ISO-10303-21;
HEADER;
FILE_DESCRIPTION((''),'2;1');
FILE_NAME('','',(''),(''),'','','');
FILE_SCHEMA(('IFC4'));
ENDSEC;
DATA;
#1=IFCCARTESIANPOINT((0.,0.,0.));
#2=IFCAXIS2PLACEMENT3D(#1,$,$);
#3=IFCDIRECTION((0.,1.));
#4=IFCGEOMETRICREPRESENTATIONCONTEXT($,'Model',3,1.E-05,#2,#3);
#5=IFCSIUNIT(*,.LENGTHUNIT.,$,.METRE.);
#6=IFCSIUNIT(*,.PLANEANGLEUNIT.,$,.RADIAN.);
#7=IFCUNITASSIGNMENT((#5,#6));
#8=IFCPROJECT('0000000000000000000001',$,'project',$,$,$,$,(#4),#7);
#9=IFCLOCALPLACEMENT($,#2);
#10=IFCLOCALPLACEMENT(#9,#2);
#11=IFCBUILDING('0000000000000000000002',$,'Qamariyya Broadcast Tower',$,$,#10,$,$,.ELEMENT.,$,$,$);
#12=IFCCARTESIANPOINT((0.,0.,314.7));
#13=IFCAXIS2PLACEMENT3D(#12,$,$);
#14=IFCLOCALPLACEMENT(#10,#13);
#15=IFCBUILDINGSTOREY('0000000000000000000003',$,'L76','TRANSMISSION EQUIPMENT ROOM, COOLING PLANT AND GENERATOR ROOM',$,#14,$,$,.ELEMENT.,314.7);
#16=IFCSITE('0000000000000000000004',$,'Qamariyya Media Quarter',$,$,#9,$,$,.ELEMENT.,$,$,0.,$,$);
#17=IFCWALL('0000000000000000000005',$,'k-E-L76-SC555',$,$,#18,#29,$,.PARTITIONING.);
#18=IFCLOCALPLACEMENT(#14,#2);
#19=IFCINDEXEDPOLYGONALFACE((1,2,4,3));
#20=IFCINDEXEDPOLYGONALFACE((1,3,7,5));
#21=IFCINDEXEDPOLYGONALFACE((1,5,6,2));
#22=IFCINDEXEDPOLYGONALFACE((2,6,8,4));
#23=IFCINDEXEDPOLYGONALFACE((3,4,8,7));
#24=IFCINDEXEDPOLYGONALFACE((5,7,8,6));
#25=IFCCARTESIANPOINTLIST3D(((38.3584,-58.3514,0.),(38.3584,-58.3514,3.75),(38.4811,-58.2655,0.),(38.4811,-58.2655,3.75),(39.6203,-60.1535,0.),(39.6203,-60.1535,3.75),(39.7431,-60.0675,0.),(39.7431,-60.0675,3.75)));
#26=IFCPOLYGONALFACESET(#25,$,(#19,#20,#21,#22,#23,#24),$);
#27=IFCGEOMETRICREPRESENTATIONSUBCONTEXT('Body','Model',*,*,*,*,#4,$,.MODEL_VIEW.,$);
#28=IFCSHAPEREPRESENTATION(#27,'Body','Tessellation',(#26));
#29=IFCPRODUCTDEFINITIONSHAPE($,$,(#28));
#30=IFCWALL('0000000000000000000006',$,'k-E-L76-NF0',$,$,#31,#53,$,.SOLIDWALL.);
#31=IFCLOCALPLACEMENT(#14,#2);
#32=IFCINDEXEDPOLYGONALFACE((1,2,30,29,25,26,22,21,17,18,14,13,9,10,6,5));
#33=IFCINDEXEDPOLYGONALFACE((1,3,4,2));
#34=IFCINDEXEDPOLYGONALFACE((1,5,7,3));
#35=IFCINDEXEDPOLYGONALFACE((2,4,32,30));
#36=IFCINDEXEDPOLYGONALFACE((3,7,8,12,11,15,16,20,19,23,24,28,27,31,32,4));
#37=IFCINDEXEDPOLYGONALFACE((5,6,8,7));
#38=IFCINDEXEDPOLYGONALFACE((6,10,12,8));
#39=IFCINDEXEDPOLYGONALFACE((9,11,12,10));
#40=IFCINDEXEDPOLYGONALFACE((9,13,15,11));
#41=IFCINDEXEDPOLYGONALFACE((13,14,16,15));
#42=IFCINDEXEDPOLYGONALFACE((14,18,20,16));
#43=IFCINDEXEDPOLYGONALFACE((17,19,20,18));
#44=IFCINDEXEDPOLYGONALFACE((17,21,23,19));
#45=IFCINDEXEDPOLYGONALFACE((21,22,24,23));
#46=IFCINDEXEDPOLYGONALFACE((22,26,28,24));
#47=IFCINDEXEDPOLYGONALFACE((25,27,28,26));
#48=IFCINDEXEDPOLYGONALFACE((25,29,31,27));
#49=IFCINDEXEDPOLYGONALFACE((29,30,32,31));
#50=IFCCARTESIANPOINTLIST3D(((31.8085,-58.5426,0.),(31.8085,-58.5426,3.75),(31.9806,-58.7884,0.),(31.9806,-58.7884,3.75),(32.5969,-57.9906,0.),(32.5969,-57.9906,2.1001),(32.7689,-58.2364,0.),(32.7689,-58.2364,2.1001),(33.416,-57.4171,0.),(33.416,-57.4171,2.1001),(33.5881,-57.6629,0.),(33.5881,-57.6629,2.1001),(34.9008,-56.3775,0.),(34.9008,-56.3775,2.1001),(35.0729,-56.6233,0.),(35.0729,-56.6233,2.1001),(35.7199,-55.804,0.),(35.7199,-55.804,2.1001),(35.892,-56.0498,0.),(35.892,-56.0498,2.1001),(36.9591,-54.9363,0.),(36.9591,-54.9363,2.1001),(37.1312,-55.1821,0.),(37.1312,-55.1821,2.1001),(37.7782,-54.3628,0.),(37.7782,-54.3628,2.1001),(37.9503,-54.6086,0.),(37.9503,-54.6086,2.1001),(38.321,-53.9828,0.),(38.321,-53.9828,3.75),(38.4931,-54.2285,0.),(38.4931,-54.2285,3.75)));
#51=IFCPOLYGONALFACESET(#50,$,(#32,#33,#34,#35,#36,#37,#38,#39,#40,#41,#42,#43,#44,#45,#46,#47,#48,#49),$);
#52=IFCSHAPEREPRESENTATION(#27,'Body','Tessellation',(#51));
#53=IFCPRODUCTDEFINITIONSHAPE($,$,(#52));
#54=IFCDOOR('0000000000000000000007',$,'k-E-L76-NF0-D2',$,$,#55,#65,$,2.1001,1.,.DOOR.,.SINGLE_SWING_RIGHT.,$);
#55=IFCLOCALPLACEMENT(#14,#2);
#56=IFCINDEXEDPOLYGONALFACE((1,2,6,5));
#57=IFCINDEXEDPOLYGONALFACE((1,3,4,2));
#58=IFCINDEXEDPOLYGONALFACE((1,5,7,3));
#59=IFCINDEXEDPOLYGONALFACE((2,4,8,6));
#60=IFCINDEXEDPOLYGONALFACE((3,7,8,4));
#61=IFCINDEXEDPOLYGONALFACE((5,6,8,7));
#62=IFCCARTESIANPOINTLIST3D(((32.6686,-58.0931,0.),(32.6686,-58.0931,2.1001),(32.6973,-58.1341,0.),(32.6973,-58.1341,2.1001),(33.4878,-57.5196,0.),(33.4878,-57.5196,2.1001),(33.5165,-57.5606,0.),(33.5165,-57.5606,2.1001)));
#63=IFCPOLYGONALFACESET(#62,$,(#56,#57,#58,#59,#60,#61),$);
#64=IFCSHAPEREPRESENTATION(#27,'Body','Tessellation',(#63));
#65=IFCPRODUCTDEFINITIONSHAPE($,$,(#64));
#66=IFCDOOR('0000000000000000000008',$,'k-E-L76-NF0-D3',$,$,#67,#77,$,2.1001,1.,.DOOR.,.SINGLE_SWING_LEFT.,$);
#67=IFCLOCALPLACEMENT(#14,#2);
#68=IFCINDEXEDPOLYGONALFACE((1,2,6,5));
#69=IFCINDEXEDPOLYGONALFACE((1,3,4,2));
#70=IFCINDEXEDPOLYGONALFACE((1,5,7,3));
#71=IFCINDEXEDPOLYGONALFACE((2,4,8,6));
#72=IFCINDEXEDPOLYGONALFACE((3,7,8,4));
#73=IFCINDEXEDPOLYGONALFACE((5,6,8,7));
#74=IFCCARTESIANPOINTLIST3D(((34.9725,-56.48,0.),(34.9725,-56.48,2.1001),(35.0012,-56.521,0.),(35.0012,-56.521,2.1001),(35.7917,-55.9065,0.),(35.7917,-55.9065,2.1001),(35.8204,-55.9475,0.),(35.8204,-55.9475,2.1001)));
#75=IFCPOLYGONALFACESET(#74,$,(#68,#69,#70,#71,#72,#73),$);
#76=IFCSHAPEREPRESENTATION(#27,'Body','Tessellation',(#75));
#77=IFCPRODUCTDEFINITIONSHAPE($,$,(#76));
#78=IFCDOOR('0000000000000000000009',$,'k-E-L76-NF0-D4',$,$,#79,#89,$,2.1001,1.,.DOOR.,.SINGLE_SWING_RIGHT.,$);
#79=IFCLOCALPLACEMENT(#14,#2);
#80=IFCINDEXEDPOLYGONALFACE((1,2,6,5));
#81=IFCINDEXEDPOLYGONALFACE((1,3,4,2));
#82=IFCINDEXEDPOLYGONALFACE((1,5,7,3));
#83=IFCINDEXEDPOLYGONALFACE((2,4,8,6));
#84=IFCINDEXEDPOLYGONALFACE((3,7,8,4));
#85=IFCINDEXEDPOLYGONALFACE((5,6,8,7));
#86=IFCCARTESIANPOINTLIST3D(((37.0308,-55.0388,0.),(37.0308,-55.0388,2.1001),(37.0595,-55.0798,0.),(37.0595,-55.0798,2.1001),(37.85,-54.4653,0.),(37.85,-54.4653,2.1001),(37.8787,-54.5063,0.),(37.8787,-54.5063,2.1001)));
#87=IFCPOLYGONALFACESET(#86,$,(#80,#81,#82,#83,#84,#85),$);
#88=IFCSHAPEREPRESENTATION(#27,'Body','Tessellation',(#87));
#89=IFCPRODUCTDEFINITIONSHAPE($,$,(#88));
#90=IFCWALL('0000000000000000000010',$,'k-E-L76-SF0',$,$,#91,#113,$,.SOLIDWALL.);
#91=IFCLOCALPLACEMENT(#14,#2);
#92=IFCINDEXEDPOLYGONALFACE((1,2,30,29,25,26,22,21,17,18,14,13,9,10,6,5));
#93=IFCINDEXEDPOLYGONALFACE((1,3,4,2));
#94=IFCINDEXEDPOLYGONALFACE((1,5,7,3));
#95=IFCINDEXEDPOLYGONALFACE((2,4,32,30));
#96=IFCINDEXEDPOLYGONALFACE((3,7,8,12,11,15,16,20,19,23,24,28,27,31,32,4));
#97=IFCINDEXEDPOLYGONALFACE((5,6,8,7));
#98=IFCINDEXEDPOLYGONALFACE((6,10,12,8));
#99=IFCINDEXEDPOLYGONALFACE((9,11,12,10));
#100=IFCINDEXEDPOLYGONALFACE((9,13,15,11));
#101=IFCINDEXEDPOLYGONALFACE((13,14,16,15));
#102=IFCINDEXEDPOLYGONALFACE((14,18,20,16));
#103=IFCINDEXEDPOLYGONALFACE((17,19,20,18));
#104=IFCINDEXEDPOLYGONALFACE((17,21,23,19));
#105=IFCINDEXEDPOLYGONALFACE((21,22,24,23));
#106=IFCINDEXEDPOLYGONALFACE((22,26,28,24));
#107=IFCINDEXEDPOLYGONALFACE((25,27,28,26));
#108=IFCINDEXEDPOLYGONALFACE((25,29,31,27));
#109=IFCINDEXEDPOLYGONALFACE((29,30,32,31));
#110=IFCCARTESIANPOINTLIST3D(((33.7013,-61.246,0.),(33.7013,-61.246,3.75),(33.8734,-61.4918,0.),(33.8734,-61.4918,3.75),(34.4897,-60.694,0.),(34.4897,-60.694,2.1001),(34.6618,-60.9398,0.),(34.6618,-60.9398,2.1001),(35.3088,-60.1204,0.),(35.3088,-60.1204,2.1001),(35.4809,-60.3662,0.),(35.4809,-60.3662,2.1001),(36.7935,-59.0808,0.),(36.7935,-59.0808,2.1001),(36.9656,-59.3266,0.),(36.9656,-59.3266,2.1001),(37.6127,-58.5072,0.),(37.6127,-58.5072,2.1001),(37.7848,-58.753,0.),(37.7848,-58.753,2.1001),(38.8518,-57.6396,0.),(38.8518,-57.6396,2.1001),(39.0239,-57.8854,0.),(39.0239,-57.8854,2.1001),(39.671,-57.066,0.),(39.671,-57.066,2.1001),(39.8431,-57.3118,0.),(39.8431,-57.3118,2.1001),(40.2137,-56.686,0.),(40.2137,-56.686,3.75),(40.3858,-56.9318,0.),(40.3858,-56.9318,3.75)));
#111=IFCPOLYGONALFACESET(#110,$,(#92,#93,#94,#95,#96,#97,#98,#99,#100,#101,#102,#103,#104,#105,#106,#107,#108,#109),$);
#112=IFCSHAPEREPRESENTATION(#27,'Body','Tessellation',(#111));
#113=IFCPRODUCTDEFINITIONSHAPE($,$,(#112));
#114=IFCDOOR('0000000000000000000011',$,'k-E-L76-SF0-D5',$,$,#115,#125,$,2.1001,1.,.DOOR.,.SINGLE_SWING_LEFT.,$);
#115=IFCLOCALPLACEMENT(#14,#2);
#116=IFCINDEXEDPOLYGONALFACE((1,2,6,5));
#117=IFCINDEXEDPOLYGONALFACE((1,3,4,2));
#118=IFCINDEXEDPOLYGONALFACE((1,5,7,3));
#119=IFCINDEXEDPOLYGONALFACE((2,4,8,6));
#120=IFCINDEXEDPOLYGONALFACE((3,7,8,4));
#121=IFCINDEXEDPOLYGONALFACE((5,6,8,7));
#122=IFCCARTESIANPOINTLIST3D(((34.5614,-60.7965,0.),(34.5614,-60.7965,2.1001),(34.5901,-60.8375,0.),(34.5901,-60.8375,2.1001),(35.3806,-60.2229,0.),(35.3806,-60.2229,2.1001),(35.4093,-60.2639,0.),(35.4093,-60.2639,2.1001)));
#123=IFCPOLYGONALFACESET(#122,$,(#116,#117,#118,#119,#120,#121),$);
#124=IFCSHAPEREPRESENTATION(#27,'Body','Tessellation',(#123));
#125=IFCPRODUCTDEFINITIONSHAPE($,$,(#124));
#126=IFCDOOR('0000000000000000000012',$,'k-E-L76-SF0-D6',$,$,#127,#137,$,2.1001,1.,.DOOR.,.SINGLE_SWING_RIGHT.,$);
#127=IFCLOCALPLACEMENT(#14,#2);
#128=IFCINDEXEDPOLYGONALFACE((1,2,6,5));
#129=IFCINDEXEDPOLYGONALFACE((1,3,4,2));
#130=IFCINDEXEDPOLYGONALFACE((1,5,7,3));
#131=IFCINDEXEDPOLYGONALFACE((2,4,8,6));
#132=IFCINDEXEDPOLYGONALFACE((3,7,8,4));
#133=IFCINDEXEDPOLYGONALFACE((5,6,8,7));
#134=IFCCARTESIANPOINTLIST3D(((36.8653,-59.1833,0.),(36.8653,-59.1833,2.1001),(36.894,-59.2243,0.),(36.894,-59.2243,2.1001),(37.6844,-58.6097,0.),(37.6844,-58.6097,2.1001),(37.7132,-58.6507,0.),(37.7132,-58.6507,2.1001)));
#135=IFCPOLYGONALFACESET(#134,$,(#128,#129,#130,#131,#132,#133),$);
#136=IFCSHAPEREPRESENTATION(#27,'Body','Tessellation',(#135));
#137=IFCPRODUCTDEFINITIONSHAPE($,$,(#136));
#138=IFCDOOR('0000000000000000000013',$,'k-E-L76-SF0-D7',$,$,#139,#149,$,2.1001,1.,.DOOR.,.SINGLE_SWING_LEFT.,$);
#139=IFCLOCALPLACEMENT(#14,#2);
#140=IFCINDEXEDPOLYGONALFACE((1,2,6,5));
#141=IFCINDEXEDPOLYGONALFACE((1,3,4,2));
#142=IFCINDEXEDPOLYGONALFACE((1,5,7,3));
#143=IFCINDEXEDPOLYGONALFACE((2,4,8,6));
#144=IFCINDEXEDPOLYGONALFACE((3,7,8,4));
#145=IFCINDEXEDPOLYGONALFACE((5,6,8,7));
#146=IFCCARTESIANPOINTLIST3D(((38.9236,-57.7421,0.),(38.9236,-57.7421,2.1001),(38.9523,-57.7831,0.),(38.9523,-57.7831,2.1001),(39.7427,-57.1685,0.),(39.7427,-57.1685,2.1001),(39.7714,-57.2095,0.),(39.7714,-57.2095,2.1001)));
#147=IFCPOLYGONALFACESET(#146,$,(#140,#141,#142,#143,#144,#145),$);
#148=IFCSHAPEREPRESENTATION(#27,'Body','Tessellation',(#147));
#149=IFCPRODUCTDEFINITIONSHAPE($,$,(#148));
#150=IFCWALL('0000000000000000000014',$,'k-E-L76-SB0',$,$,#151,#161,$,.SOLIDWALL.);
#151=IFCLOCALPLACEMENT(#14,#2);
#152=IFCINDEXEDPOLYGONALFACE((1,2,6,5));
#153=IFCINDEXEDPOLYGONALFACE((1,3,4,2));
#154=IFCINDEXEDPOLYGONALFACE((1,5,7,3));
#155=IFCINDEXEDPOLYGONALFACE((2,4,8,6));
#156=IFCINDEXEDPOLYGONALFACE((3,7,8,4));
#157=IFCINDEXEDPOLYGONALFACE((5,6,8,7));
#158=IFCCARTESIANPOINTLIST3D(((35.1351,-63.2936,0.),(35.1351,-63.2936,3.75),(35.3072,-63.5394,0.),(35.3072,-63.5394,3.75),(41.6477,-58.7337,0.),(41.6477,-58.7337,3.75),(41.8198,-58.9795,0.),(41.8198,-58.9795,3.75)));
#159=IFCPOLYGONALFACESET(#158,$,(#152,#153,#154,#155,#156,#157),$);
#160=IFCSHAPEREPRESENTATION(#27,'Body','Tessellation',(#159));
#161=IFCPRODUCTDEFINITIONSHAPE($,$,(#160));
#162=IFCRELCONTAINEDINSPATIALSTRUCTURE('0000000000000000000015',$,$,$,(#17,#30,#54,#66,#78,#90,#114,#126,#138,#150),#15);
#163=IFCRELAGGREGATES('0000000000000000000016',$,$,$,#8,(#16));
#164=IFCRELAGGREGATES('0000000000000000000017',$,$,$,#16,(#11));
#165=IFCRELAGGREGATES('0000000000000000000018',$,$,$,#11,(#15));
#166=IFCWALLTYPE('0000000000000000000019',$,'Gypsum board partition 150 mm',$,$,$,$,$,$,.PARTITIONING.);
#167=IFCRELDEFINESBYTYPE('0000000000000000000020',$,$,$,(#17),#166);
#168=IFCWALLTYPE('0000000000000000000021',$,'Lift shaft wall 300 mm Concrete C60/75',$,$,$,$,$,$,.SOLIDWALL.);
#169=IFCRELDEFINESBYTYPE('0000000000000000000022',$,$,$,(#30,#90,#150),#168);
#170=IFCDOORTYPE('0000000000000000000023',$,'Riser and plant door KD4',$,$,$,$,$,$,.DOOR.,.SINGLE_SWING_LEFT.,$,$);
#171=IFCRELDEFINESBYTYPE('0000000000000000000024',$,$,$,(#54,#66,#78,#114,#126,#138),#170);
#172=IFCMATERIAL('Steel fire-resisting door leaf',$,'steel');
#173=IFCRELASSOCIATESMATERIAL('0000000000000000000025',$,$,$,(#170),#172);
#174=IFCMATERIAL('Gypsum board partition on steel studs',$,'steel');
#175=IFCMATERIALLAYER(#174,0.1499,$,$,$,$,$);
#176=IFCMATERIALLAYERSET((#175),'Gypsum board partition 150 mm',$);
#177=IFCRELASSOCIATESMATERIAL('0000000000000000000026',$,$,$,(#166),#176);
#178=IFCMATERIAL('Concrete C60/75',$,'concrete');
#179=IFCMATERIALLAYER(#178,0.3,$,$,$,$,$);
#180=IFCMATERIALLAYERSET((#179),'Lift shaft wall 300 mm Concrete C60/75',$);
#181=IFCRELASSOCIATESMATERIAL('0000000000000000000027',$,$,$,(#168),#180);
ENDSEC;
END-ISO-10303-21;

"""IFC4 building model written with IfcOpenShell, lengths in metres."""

from ifc_helpers import new_model, si_unit, direction, frame, frame_2d, origin, place, context, subcontext, project, spatial, rectangle, extrude, material, layer, layer_set, type_object, element, fill, save


model = new_model("IFC4")

# Units and contexts
model_context = context("Model", 3, precision=1e-05, world=origin(), true_north=direction((0.0, 1.0)))
body_context = subcontext(model_context, "Body", "Model", "MODEL_VIEW")
ifc_project = project(units=[si_unit("LENGTHUNIT", "METRE"), si_unit("PLANEANGLEUNIT", "RADIAN")], contexts=[model_context])

# Site, building, storey
site_placement = place(None, origin())
site = spatial("IfcSite", under=ifc_project, at=site_placement, Name="Qamariyya Media Quarter", CompositionType="ELEMENT", RefElevation=0.0)
building_placement = place(site_placement, origin())
building = spatial("IfcBuilding", under=site, at=building_placement, Name="Qamariyya Broadcast Tower", CompositionType="ELEMENT")
storey_placement = place(building_placement, frame((0.0, 0.0, 314.7)))
storey = spatial("IfcBuildingStorey", under=building, at=storey_placement, Name="L76", Description="TRANSMISSION EQUIPMENT ROOM, COOLING PLANT AND GENERATOR ROOM", CompositionType="ELEMENT", Elevation=314.7)

# Shared definitions
ifc_material_1 = material(Name="Concrete C60/75", Category="concrete")
ifc_material_2 = material(Name="Steel fire-resisting door leaf", Category="steel")

# Shared definitions
door_type_1 = type_object("IfcDoorType", Name="Riser and plant door KD4", OperationType="SINGLE_SWING_LEFT", PredefinedType="DOOR", material=ifc_material_2)

# Wall
ifc_material_3 = material(Name="Gypsum board partition on steel studs", Category="steel")
ifc_layer_1 = layer(ifc_material_3, 0.1499)
ifc_layer_set_1 = layer_set([ifc_layer_1], Name="Gypsum board partition 150 mm")
wall_type_1 = type_object("IfcWallType", Name="Gypsum board partition 150 mm", PredefinedType="PARTITIONING", material=ifc_layer_set_1)
for number, where, z_axis, x_axis, name in (
    (1, (38.4197, -58.3083, 0.0), (0.0, 0.0, 1.0), (0.573634, -0.819112, 0.0), "k-E-L76-SC555"),
):
    element("IfcWall", number, at=place(storey_placement, frame(where, z_axis=z_axis, x_axis=x_axis)), inside=storey, type_object=wall_type_1, Name=name, PredefinedType="PARTITIONING", context=body_context, shape_type="SweptSolid", body=[
        extrude(rectangle(XDim=2.2, YDim=0.1499, at=frame_2d((1.1001, 0.0))), origin(), (0.0, 0.0, 1.0), 3.75),
    ])

# Walls, openings, doors
ifc_layer_2 = layer(ifc_material_1, 0.3)
ifc_layer_set_2 = layer_set([ifc_layer_2], Name="Lift shaft wall 300 mm Concrete C60/75")
wall_type_2 = type_object("IfcWallType", Name="Lift shaft wall 300 mm Concrete C60/75", PredefinedType="SOLIDWALL", material=ifc_layer_set_2)
wall_1_placement = place(storey_placement, frame((31.8945, -58.6655, 0.0), z_axis=(0.0, 0.0, 1.0), x_axis=(0.819167, 0.573555, 0.0)))
wall_1 = element("IfcWall", 2, at=wall_1_placement, inside=storey, type_object=wall_type_2, Name="k-E-L76-NF0", PredefinedType="SOLIDWALL", context=body_context, shape_type="SweptSolid", body=[
    extrude(rectangle(XDim=7.9502, YDim=0.3, at=frame_2d((3.9751, 0.0))), origin(), (0.0, 0.0, 1.0), 3.75),
])
opening_1_placement = place(wall_1_placement, frame((0.9624, 0.0, 0.0)))
opening_1 = element("IfcOpeningElement", 3, at=opening_1_placement, cuts=wall_1, PredefinedType="OPENING", context=body_context, shape_type="SweptSolid", body=[
    extrude(rectangle(XDim=1.0, YDim=2.1001, at=frame_2d((0.5, 1.05))), frame((0.0, 0.1599, 0.0), z_axis=(0.0, -1.0, 0.0), x_axis=(1.0, 0.0, 0.0)), (0.0, 0.0, 1.0), 0.3201),
])
opening_2_placement = place(wall_1_placement, frame((3.7749, 0.0, 0.0)))
opening_2 = element("IfcOpeningElement", 4, at=opening_2_placement, cuts=wall_1, PredefinedType="OPENING", context=body_context, shape_type="SweptSolid", body=[
    extrude(rectangle(XDim=1.0, YDim=2.1001, at=frame_2d((0.5, 1.05))), frame((0.0, 0.1599, 0.0), z_axis=(0.0, -1.0, 0.0), x_axis=(1.0, 0.0, 0.0)), (0.0, 0.0, 1.0), 0.3201),
])
opening_3_placement = place(wall_1_placement, frame((6.2876, 0.0, 0.0)))
opening_3 = element("IfcOpeningElement", 5, at=opening_3_placement, cuts=wall_1, PredefinedType="OPENING", context=body_context, shape_type="SweptSolid", body=[
    extrude(rectangle(XDim=1.0, YDim=2.1001, at=frame_2d((0.5, 1.05))), frame((0.0, 0.1599, 0.0), z_axis=(0.0, -1.0, 0.0), x_axis=(1.0, 0.0, 0.0)), (0.0, 0.0, 1.0), 0.3201),
])
door_1_placement = place(opening_1_placement, origin())
door_1 = element("IfcDoor", 6, at=door_1_placement, inside=storey, type_object=door_type_1, Name="k-E-L76-NF0-D2", OperationType="SINGLE_SWING_RIGHT", OverallHeight=2.1001, OverallWidth=1.0, PredefinedType="DOOR", context=body_context, shape_type="SweptSolid", body=[
    extrude(rectangle(XDim=1.0, YDim=2.1001, at=frame_2d((0.5, 1.05))), frame((0.0, 0.0249, 0.0), z_axis=(0.0, -1.0, 0.0), x_axis=(1.0, 0.0, 0.0)), (0.0, 0.0, 1.0), 0.05),
])
fill(opening_1, door_1)
door_2_placement = place(opening_2_placement, origin())
door_2 = element("IfcDoor", 7, at=door_2_placement, inside=storey, type_object=door_type_1, Name="k-E-L76-NF0-D3", OperationType="SINGLE_SWING_LEFT", OverallHeight=2.1001, OverallWidth=1.0, PredefinedType="DOOR", context=body_context, shape_type="SweptSolid", body=[
    extrude(rectangle(XDim=1.0, YDim=2.1001, at=frame_2d((0.5, 1.05))), frame((0.0, 0.0249, 0.0), z_axis=(0.0, -1.0, 0.0), x_axis=(1.0, 0.0, 0.0)), (0.0, 0.0, 1.0), 0.05),
])
fill(opening_2, door_2)
door_3_placement = place(opening_3_placement, origin())
door_3 = element("IfcDoor", 8, at=door_3_placement, inside=storey, type_object=door_type_1, Name="k-E-L76-NF0-D4", OperationType="SINGLE_SWING_RIGHT", OverallHeight=2.1001, OverallWidth=1.0, PredefinedType="DOOR", context=body_context, shape_type="SweptSolid", body=[
    extrude(rectangle(XDim=1.0, YDim=2.1001, at=frame_2d((0.5, 1.05))), frame((0.0, 0.0249, 0.0), z_axis=(0.0, -1.0, 0.0), x_axis=(1.0, 0.0, 0.0)), (0.0, 0.0, 1.0), 0.05),
])
fill(opening_3, door_3)
wall_2_placement = place(storey_placement, frame((33.7874, -61.3689, 0.0), z_axis=(0.0, 0.0, 1.0), x_axis=(0.819153, 0.573576, 0.0)))
wall_2 = element("IfcWall", 9, at=wall_2_placement, inside=storey, type_object=wall_type_2, Name="k-E-L76-SF0", PredefinedType="SOLIDWALL", context=body_context, shape_type="SweptSolid", body=[
    extrude(rectangle(XDim=7.9502, YDim=0.3, at=frame_2d((3.9751, 0.0))), origin(), (0.0, 0.0, 1.0), 3.75),
])
opening_4_placement = place(wall_2_placement, frame((0.9624, 0.0, 0.0)))
opening_4 = element("IfcOpeningElement", 10, at=opening_4_placement, cuts=wall_2, PredefinedType="OPENING", context=body_context, shape_type="SweptSolid", body=[
    extrude(rectangle(XDim=1.0, YDim=2.1001, at=frame_2d((0.5, 1.05))), frame((0.0, 0.1599, 0.0), z_axis=(0.0, -1.0, 0.0), x_axis=(1.0, 0.0, 0.0)), (0.0, 0.0, 1.0), 0.3201),
])
opening_5_placement = place(wall_2_placement, frame((3.7749, 0.0, 0.0)))
opening_5 = element("IfcOpeningElement", 11, at=opening_5_placement, cuts=wall_2, PredefinedType="OPENING", context=body_context, shape_type="SweptSolid", body=[
    extrude(rectangle(XDim=1.0, YDim=2.1001, at=frame_2d((0.5, 1.05))), frame((0.0, 0.1599, 0.0), z_axis=(0.0, -1.0, 0.0), x_axis=(1.0, 0.0, 0.0)), (0.0, 0.0, 1.0), 0.3201),
])
opening_6_placement = place(wall_2_placement, frame((6.2876, 0.0, 0.0)))
opening_6 = element("IfcOpeningElement", 12, at=opening_6_placement, cuts=wall_2, PredefinedType="OPENING", context=body_context, shape_type="SweptSolid", body=[
    extrude(rectangle(XDim=1.0, YDim=2.1001, at=frame_2d((0.5, 1.05))), frame((0.0, 0.1599, 0.0), z_axis=(0.0, -1.0, 0.0), x_axis=(1.0, 0.0, 0.0)), (0.0, 0.0, 1.0), 0.3201),
])
door_4_placement = place(opening_4_placement, origin())
door_4 = element("IfcDoor", 13, at=door_4_placement, inside=storey, type_object=door_type_1, Name="k-E-L76-SF0-D5", OperationType="SINGLE_SWING_LEFT", OverallHeight=2.1001, OverallWidth=1.0, PredefinedType="DOOR", context=body_context, shape_type="SweptSolid", body=[
    extrude(rectangle(XDim=1.0, YDim=2.1001, at=frame_2d((0.5, 1.05))), frame((0.0, 0.0249, 0.0), z_axis=(0.0, -1.0, 0.0), x_axis=(1.0, 0.0, 0.0)), (0.0, 0.0, 1.0), 0.05),
])
fill(opening_4, door_4)
door_5_placement = place(opening_5_placement, origin())
door_5 = element("IfcDoor", 14, at=door_5_placement, inside=storey, type_object=door_type_1, Name="k-E-L76-SF0-D6", OperationType="SINGLE_SWING_RIGHT", OverallHeight=2.1001, OverallWidth=1.0, PredefinedType="DOOR", context=body_context, shape_type="SweptSolid", body=[
    extrude(rectangle(XDim=1.0, YDim=2.1001, at=frame_2d((0.5, 1.05))), frame((0.0, 0.0249, 0.0), z_axis=(0.0, -1.0, 0.0), x_axis=(1.0, 0.0, 0.0)), (0.0, 0.0, 1.0), 0.05),
])
fill(opening_5, door_5)
door_6_placement = place(opening_6_placement, origin())
door_6 = element("IfcDoor", 15, at=door_6_placement, inside=storey, type_object=door_type_1, Name="k-E-L76-SF0-D7", OperationType="SINGLE_SWING_LEFT", OverallHeight=2.1001, OverallWidth=1.0, PredefinedType="DOOR", context=body_context, shape_type="SweptSolid", body=[
    extrude(rectangle(XDim=1.0, YDim=2.1001, at=frame_2d((0.5, 1.05))), frame((0.0, 0.0249, 0.0), z_axis=(0.0, -1.0, 0.0), x_axis=(1.0, 0.0, 0.0)), (0.0, 0.0, 1.0), 0.05),
])
fill(opening_6, door_6)

# Wall
wall_3_placement = place(storey_placement, frame((35.2212, -63.4165, 0.0), z_axis=(0.0, 0.0, 1.0), x_axis=(0.819167, 0.573555, 0.0)))
element("IfcWall", 16, at=wall_3_placement, inside=storey, type_object=wall_type_2, Name="k-E-L76-SB0", PredefinedType="SOLIDWALL", context=body_context, shape_type="SweptSolid", body=[
    extrude(rectangle(XDim=7.9502, YDim=0.3, at=frame_2d((3.9751, 0.0))), origin(), (0.0, 0.0, 1.0), 3.75),
])

save(model, "model.ifc")
